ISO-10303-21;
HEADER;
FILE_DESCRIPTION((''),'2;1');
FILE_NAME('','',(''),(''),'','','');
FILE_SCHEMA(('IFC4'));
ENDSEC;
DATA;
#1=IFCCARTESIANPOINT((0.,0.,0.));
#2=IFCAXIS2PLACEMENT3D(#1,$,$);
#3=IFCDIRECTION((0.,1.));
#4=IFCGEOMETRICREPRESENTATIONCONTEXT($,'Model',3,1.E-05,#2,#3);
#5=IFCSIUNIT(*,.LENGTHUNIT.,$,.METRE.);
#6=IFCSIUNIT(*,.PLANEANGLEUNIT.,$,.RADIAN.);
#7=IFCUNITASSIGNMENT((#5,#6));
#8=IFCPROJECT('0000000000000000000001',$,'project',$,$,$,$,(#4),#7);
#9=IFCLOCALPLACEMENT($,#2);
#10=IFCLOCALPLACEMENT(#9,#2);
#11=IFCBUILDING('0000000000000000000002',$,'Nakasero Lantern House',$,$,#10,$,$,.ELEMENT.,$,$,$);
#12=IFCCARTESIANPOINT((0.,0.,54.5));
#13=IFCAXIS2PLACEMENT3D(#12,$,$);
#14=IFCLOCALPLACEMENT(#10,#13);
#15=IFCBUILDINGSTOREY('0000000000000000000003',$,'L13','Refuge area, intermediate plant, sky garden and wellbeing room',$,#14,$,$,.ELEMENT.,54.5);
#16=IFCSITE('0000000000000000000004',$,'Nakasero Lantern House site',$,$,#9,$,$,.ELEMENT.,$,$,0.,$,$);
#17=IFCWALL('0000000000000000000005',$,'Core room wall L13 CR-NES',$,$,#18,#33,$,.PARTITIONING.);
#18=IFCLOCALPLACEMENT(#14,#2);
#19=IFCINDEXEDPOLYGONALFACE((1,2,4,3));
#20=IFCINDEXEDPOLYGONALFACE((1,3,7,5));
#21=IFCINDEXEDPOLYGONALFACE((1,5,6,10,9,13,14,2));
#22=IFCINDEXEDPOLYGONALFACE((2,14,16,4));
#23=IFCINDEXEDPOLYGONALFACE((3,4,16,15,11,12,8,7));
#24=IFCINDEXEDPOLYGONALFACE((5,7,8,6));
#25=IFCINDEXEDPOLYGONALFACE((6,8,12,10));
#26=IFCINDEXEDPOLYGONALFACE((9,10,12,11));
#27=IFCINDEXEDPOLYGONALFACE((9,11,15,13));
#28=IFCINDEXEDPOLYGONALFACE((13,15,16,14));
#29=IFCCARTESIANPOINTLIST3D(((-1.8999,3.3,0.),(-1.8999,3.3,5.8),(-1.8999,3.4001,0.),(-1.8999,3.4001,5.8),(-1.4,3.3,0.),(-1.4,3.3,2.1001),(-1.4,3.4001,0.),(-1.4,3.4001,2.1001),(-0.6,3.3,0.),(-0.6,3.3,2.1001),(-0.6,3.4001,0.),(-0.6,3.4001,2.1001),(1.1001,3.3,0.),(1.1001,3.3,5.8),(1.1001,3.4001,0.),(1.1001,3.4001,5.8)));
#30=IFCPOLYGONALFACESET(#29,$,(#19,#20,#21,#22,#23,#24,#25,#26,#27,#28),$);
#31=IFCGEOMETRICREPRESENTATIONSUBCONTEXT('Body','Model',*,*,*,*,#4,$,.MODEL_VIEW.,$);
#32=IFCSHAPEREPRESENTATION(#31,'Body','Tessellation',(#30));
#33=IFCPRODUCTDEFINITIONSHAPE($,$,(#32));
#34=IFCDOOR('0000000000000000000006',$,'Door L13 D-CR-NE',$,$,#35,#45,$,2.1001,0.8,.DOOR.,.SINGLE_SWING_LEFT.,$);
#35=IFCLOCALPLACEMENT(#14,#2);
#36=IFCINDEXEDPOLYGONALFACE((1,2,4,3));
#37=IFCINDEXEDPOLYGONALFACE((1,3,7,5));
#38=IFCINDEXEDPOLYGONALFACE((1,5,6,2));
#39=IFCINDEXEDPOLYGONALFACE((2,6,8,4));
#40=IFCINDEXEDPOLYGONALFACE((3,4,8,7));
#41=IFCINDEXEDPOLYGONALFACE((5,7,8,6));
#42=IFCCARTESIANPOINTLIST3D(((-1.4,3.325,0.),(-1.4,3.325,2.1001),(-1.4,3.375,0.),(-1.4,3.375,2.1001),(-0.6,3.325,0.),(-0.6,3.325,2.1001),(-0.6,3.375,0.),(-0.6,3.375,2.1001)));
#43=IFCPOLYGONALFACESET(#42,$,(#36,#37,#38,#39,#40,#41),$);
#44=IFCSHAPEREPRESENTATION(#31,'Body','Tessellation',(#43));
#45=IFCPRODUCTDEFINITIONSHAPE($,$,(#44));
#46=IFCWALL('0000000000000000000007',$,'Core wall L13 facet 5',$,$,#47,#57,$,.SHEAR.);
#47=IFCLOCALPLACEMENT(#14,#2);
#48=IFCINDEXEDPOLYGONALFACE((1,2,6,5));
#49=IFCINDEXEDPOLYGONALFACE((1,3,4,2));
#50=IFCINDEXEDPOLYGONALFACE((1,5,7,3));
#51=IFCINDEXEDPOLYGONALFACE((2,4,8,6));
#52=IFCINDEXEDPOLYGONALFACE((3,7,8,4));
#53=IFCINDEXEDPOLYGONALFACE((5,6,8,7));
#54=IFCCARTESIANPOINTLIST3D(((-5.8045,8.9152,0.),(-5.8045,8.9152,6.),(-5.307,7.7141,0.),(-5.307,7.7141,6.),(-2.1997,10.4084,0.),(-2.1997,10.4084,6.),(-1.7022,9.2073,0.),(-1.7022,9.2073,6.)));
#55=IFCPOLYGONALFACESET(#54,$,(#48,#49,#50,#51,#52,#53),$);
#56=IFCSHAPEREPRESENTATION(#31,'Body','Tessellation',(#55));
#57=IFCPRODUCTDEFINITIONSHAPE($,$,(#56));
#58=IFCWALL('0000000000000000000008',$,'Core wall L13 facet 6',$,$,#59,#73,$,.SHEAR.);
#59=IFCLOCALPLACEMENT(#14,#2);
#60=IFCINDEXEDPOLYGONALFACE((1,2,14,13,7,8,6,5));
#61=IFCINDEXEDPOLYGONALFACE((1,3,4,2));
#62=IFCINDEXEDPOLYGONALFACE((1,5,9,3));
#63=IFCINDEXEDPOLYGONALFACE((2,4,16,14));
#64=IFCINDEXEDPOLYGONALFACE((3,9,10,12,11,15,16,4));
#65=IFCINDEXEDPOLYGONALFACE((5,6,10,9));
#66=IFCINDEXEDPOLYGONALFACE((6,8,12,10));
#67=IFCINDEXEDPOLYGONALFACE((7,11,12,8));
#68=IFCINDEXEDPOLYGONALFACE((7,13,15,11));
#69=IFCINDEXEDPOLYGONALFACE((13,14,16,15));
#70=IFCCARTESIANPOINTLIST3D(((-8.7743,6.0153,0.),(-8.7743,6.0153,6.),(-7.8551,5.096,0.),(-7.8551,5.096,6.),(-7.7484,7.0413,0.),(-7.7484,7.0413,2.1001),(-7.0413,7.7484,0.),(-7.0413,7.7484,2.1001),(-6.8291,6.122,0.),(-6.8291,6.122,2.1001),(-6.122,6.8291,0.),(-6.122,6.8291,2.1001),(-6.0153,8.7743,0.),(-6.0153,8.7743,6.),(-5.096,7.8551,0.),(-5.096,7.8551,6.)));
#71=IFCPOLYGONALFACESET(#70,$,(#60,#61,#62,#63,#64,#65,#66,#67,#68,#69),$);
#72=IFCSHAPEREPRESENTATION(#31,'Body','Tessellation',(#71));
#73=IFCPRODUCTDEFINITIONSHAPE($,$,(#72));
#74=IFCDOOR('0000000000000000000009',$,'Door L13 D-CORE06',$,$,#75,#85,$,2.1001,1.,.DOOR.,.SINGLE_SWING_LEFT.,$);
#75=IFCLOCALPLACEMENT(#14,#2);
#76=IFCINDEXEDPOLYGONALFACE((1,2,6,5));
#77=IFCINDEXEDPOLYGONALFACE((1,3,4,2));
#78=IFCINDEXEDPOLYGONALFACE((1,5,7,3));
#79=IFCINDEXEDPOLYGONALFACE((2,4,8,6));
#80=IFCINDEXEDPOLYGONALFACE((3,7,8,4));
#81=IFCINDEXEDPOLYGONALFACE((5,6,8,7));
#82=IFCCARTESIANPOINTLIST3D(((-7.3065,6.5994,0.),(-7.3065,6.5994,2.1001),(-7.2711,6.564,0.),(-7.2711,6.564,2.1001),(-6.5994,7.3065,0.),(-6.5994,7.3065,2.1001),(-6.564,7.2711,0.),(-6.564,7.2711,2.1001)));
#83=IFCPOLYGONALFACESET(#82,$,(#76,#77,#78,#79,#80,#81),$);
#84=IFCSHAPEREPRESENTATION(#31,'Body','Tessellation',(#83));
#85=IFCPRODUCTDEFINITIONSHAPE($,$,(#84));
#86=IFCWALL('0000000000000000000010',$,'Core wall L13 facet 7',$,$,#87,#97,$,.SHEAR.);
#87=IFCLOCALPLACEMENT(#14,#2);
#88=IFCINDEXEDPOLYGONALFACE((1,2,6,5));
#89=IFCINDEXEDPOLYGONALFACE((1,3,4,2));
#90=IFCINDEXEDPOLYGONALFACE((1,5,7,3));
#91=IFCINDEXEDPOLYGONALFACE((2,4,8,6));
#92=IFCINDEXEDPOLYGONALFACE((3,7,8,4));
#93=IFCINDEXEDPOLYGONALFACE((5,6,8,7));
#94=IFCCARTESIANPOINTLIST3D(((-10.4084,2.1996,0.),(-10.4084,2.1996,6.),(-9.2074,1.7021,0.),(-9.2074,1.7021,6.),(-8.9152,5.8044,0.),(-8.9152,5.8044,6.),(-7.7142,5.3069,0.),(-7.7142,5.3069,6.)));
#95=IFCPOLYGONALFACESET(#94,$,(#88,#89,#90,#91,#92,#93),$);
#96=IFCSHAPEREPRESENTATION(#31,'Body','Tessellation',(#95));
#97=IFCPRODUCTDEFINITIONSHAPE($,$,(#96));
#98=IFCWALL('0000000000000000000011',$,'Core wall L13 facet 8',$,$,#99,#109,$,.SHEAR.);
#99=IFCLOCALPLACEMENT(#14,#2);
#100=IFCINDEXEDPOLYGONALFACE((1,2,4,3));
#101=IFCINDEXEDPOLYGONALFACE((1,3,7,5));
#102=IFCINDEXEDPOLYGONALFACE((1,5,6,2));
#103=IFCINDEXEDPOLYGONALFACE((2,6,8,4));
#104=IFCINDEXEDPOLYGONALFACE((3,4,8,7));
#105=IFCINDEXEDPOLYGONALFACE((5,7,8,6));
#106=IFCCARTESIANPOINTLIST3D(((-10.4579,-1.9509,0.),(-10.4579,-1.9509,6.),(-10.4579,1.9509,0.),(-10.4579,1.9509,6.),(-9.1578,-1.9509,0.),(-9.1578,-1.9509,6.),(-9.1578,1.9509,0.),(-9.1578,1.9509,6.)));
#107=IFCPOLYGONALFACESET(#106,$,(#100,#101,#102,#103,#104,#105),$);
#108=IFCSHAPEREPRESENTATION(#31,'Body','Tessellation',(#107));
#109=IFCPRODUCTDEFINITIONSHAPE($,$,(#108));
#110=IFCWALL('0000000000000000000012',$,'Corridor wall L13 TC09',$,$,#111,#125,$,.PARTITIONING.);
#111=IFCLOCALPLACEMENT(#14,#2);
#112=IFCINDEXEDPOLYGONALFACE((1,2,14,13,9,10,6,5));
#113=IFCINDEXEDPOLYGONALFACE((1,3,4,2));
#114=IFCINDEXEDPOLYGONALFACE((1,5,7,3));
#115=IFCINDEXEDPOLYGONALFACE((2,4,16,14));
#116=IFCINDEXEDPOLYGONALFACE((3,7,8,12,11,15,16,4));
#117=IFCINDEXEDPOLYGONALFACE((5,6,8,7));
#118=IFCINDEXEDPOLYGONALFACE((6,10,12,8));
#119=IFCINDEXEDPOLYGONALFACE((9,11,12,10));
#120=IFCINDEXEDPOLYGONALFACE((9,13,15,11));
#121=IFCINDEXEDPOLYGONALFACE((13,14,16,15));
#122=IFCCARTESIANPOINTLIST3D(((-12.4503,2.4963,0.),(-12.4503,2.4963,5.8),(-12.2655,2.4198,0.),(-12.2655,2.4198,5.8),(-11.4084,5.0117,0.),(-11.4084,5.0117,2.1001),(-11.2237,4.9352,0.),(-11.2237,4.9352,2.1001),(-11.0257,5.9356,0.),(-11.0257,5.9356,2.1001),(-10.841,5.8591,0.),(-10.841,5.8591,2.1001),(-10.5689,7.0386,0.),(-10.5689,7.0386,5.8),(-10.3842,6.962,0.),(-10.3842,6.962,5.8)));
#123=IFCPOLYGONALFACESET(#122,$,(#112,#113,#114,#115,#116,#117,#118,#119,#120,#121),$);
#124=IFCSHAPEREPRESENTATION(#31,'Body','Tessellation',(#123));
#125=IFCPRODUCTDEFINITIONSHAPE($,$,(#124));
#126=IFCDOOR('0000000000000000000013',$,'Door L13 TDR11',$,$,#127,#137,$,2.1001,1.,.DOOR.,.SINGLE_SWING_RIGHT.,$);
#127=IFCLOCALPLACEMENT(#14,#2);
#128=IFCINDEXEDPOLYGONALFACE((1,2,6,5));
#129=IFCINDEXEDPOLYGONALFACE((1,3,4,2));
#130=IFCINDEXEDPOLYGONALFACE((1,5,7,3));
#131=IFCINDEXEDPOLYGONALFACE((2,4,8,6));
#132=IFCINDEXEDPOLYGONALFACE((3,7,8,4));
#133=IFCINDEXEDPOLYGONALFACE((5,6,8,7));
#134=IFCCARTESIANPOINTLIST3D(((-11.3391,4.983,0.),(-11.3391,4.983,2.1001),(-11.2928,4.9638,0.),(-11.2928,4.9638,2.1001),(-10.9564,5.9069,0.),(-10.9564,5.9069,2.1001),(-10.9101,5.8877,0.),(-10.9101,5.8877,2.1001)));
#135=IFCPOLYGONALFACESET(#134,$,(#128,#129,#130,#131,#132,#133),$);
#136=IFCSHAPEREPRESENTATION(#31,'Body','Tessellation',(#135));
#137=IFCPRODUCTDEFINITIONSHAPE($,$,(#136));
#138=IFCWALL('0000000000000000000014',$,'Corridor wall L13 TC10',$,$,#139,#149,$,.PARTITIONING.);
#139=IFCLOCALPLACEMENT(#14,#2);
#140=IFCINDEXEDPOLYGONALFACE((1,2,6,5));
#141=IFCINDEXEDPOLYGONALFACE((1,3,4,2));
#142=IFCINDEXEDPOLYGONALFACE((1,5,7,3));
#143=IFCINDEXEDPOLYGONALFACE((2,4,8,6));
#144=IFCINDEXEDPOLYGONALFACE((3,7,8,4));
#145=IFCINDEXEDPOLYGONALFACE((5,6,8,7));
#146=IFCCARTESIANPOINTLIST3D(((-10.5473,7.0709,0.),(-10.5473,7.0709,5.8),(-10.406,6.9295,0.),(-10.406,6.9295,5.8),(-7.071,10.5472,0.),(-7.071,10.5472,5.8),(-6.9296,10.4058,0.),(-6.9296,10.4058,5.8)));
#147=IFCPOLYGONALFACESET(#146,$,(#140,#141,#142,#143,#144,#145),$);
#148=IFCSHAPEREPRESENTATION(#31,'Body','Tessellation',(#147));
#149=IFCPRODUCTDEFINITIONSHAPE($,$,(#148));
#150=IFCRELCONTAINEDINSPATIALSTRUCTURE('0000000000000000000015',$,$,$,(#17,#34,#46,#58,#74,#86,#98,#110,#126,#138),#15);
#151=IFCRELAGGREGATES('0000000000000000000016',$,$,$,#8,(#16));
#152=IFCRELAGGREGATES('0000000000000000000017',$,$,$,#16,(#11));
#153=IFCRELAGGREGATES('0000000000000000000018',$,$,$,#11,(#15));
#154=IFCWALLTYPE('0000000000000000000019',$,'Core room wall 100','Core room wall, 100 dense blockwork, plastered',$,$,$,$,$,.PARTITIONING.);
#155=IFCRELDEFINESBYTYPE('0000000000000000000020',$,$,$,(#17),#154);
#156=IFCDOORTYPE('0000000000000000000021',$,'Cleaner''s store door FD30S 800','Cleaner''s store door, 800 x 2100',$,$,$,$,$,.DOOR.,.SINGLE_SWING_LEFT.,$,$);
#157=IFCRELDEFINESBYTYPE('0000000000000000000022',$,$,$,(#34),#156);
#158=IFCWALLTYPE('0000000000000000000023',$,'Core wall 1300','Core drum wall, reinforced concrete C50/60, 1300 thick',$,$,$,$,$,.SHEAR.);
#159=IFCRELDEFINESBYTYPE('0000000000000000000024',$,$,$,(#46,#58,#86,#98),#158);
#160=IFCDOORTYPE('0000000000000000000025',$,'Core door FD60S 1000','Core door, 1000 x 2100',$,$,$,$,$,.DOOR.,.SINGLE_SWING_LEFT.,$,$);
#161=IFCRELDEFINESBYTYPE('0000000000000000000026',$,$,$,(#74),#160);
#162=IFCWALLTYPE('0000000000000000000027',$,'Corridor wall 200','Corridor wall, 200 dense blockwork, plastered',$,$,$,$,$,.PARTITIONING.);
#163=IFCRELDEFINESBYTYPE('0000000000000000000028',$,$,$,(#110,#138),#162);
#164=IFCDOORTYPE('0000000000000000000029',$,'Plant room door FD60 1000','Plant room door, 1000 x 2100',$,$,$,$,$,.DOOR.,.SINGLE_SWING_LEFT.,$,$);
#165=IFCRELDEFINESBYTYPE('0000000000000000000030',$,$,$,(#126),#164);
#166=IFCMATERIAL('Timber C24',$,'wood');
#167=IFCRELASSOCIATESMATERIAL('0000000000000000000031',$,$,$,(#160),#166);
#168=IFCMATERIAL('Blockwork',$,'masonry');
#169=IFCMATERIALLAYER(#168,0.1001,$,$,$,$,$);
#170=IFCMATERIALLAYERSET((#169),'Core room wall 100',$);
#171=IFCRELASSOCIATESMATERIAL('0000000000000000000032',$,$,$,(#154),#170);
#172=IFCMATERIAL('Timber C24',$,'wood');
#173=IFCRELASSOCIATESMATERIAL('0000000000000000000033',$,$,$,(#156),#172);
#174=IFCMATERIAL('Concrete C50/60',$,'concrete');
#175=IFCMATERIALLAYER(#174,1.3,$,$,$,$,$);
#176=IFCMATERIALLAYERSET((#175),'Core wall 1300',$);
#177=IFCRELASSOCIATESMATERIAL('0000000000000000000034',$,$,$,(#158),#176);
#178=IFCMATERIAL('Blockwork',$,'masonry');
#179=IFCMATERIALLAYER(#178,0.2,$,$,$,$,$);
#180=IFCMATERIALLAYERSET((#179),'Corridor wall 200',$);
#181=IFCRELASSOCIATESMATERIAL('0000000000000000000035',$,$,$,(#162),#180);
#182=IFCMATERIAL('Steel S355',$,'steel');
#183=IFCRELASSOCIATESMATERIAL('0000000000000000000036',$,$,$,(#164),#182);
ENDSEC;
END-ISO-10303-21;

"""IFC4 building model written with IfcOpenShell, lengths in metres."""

from ifc_helpers import new_model, si_unit, direction, frame, frame_2d, origin, place, context, subcontext, project, spatial, rectangle, extrude, material, layer, layer_set, type_object, element, fill, save


model = new_model("IFC4")

# Units and contexts
model_context = context("Model", 3, precision=1e-05, world=origin(), true_north=direction((0.0, 1.0)))
body_context = subcontext(model_context, "Body", "Model", "MODEL_VIEW")
ifc_project = project(units=[si_unit("LENGTHUNIT", "METRE"), si_unit("PLANEANGLEUNIT", "RADIAN")], contexts=[model_context])

# Site, building, storey
site_placement = place(None, origin())
site = spatial("IfcSite", under=ifc_project, at=site_placement, Name="Nakasero Lantern House site", CompositionType="ELEMENT", RefElevation=0.0)
building_placement = place(site_placement, origin())
building = spatial("IfcBuilding", under=site, at=building_placement, Name="Nakasero Lantern House", CompositionType="ELEMENT")
storey_placement = place(building_placement, frame((0.0, 0.0, 54.5)))
storey = spatial("IfcBuildingStorey", under=building, at=storey_placement, Name="L13", Description="Refuge area, intermediate plant, sky garden and wellbeing room", CompositionType="ELEMENT", Elevation=54.5)

# Shared definitions
ifc_material_1 = material(Name="Timber C24", Category="wood")
door_type_1 = type_object("IfcDoorType", Name="Core door FD60S 1000", Description="Core door, 1000 x 2100", OperationType="SINGLE_SWING_LEFT", PredefinedType="DOOR", material=ifc_material_1)

# Wall, opening, door
ifc_material_2 = material(Name="Blockwork", Category="masonry")
ifc_layer_1 = layer(ifc_material_2, 0.1001)
ifc_layer_set_1 = layer_set([ifc_layer_1], Name="Core room wall 100")
wall_type_1 = type_object("IfcWallType", Name="Core room wall 100", Description="Core room wall, 100 dense blockwork, plastered", PredefinedType="PARTITIONING", material=ifc_layer_set_1)
wall_1_placement = place(storey_placement, frame((-1.8999, 3.3501, 0.0), z_axis=(0.0, 0.0, 1.0), x_axis=(1.0, 0.0, 0.0)))
wall_1 = element("IfcWall", 1, at=wall_1_placement, inside=storey, type_object=wall_type_1, Name="Core room wall L13 CR-NES", PredefinedType="PARTITIONING", context=body_context, shape_type="SweptSolid", body=[
    extrude(rectangle(XDim=3.0, YDim=0.1001, at=frame_2d((1.5, 0.0))), origin(), (0.0, 0.0, 1.0), 5.8),
])
opening_1_placement = place(wall_1_placement, frame((0.5, 0.0, 0.0)))
opening_1 = element("IfcOpeningElement", 2, at=opening_1_placement, cuts=wall_1, PredefinedType="OPENING", context=body_context, shape_type="SweptSolid", body=[
    extrude(rectangle(XDim=0.8, YDim=2.1001, at=frame_2d((0.3999, 1.05))), frame((0.0, 0.0701, 0.0), z_axis=(0.0, -1.0, 0.0), x_axis=(1.0, 0.0, 0.0)), (0.0, 0.0, 1.0), 0.1401),
])
ifc_material_3 = material(Name="Timber C24", Category="wood")
door_type_2 = type_object("IfcDoorType", Name="Cleaner's store door FD30S 800", Description="Cleaner's store door, 800 x 2100", OperationType="SINGLE_SWING_LEFT", PredefinedType="DOOR", material=ifc_material_3)
door_1_placement = place(opening_1_placement, origin())
door_1 = element("IfcDoor", 3, at=door_1_placement, inside=storey, type_object=door_type_2, Name="Door L13 D-CR-NE", OperationType="SINGLE_SWING_LEFT", OverallHeight=2.1001, OverallWidth=0.8, PredefinedType="DOOR", context=body_context, shape_type="SweptSolid", body=[
    extrude(rectangle(XDim=0.8, YDim=2.1001, at=frame_2d((0.3999, 1.05))), frame((0.0, 0.0249, 0.0), z_axis=(0.0, -1.0, 0.0), x_axis=(1.0, 0.0, 0.0)), (0.0, 0.0, 1.0), 0.05),
])
fill(opening_1, door_1)

# Wall
ifc_material_4 = material(Name="Concrete C50/60", Category="concrete")
ifc_layer_2 = layer(ifc_material_4, 1.3)
ifc_layer_set_2 = layer_set([ifc_layer_2], Name="Core wall 1300")
wall_type_2 = type_object("IfcWallType", Name="Core wall 1300", Description="Core drum wall, reinforced concrete C50/60, 1300 thick", PredefinedType="SHEAR", material=ifc_layer_set_2)
wall_2_placement = place(storey_placement, frame((-1.9509, 9.8079, 0.0), z_axis=(0.0, 0.0, 1.0), x_axis=(-0.923877, -0.382691, 0.0)))
element("IfcWall", 4, at=wall_2_placement, inside=storey, type_object=wall_type_2, Name="Core wall L13 facet 5", PredefinedType="SHEAR", context=body_context, shape_type="SweptSolid", body=[
    extrude(rectangle(XDim=3.9019, YDim=1.3, at=frame_2d((1.9509, 0.0))), origin(), (0.0, 0.0, 1.0), 6.0),
])

# Wall, opening, door
wall_3_placement = place(storey_placement, frame((-5.5557, 8.3147, 0.0), z_axis=(0.0, 0.0, 1.0), x_axis=(-0.707107, -0.707107, 0.0)))
wall_3 = element("IfcWall", 5, at=wall_3_placement, inside=storey, type_object=wall_type_2, Name="Core wall L13 facet 6", PredefinedType="SHEAR", context=body_context, shape_type="SweptSolid", body=[
    extrude(rectangle(XDim=3.9019, YDim=1.3, at=frame_2d((1.9509, 0.0))), origin(), (0.0, 0.0, 1.0), 6.0),
])
opening_2_placement = place(wall_3_placement, frame((1.4509, 0.0, 0.0)))
opening_2 = element("IfcOpeningElement", 6, at=opening_2_placement, cuts=wall_3, PredefinedType="OPENING", context=body_context, shape_type="SweptSolid", body=[
    extrude(rectangle(XDim=1.0, YDim=2.1001, at=frame_2d((0.5, 1.05))), frame((0.0, 0.6699, 0.0), z_axis=(0.0, -1.0, 0.0), x_axis=(1.0, 0.0, 0.0)), (0.0, 0.0, 1.0), 1.3401),
])
door_2_placement = place(opening_2_placement, origin())
door_2 = element("IfcDoor", 7, at=door_2_placement, inside=storey, type_object=door_type_1, Name="Door L13 D-CORE06", OperationType="SINGLE_SWING_LEFT", OverallHeight=2.1001, OverallWidth=1.0, PredefinedType="DOOR", context=body_context, shape_type="SweptSolid", body=[
    extrude(rectangle(XDim=1.0, YDim=2.1001, at=frame_2d((0.5, 1.05))), frame((0.0, 0.0249, 0.0), z_axis=(0.0, -1.0, 0.0), x_axis=(1.0, 0.0, 0.0)), (0.0, 0.0, 1.0), 0.05),
])
fill(opening_2, door_2)

# Walls
for number, where, z_axis, x_axis, name in (
    (8, (-8.3147, 5.5557, 0.0), (0.0, 0.0, 1.0), (-0.382691, -0.923877, 0.0), "Core wall L13 facet 7"),
    (9, (-9.8079, 1.9509, 0.0), (0.0, 0.0, 1.0), (0.0, -1.0, 0.0), "Core wall L13 facet 8"),
):
    element("IfcWall", number, at=place(storey_placement, frame(where, z_axis=z_axis, x_axis=x_axis)), inside=storey, type_object=wall_type_2, Name=name, PredefinedType="SHEAR", context=body_context, shape_type="SweptSolid", body=[
        extrude(rectangle(XDim=3.9019, YDim=1.3, at=frame_2d((1.9509, 0.0))), origin(), (0.0, 0.0, 1.0), 6.0),
    ])

# Wall, opening, door
ifc_material_5 = material(Name="Blockwork", Category="masonry")
ifc_layer_3 = layer(ifc_material_5, 0.2)
ifc_layer_set_3 = layer_set([ifc_layer_3], Name="Corridor wall 200")
wall_type_3 = type_object("IfcWallType", Name="Corridor wall 200", Description="Corridor wall, 200 dense blockwork, plastered", PredefinedType="PARTITIONING", material=ifc_layer_set_3)
wall_4_placement = place(storey_placement, frame((-12.3579, 2.458, 0.0), z_axis=(0.0, 0.0, 1.0), x_axis=(0.382665, 0.923887, 0.0)))
wall_4 = element("IfcWall", 10, at=wall_4_placement, inside=storey, type_object=wall_type_3, Name="Corridor wall L13 TC09", PredefinedType="PARTITIONING", context=body_context, shape_type="SweptSolid", body=[
    extrude(rectangle(XDim=4.9165, YDim=0.2, at=frame_2d((2.4583, 0.0))), origin(), (0.0, 0.0, 1.0), 5.8),
])
opening_3_placement = place(wall_4_placement, frame((2.7227, 0.0, 0.0)))
opening_3 = element("IfcOpeningElement", 11, at=opening_3_placement, cuts=wall_4, PredefinedType="OPENING", context=body_context, shape_type="SweptSolid", body=[
    extrude(rectangle(XDim=1.0, YDim=2.1001, at=frame_2d((0.5, 1.05))), frame((0.0, 0.1199, 0.0), z_axis=(0.0, -1.0, 0.0), x_axis=(1.0, 0.0, 0.0)), (0.0, 0.0, 1.0), 0.24),
])
ifc_material_6 = material(Name="Steel S355", Category="steel")
door_type_3 = type_object("IfcDoorType", Name="Plant room door FD60 1000", Description="Plant room door, 1000 x 2100", OperationType="SINGLE_SWING_LEFT", PredefinedType="DOOR", material=ifc_material_6)
door_3_placement = place(opening_3_placement, origin())
door_3 = element("IfcDoor", 12, at=door_3_placement, inside=storey, type_object=door_type_3, Name="Door L13 TDR11", OperationType="SINGLE_SWING_RIGHT", OverallHeight=2.1001, OverallWidth=1.0, PredefinedType="DOOR", context=body_context, shape_type="SweptSolid", body=[
    extrude(rectangle(XDim=1.0, YDim=2.1001, at=frame_2d((0.5, 1.05))), frame((0.0, 0.0249, 0.0), z_axis=(0.0, -1.0, 0.0), x_axis=(1.0, 0.0, 0.0)), (0.0, 0.0, 1.0), 0.05),
])
fill(opening_3, door_3)

# Wall
wall_5_placement = place(storey_placement, frame((-10.4766, 7.0002, 0.0), z_axis=(0.0, 0.0, 1.0), x_axis=(0.707107, 0.707107, 0.0)))
element("IfcWall", 13, at=wall_5_placement, inside=storey, type_object=wall_type_3, Name="Corridor wall L13 TC10", PredefinedType="PARTITIONING", context=body_context, shape_type="SweptSolid", body=[
    extrude(rectangle(XDim=4.9163, YDim=0.2, at=frame_2d((2.458, 0.0))), origin(), (0.0, 0.0, 1.0), 5.8),
])

save(model, "model.ifc")
